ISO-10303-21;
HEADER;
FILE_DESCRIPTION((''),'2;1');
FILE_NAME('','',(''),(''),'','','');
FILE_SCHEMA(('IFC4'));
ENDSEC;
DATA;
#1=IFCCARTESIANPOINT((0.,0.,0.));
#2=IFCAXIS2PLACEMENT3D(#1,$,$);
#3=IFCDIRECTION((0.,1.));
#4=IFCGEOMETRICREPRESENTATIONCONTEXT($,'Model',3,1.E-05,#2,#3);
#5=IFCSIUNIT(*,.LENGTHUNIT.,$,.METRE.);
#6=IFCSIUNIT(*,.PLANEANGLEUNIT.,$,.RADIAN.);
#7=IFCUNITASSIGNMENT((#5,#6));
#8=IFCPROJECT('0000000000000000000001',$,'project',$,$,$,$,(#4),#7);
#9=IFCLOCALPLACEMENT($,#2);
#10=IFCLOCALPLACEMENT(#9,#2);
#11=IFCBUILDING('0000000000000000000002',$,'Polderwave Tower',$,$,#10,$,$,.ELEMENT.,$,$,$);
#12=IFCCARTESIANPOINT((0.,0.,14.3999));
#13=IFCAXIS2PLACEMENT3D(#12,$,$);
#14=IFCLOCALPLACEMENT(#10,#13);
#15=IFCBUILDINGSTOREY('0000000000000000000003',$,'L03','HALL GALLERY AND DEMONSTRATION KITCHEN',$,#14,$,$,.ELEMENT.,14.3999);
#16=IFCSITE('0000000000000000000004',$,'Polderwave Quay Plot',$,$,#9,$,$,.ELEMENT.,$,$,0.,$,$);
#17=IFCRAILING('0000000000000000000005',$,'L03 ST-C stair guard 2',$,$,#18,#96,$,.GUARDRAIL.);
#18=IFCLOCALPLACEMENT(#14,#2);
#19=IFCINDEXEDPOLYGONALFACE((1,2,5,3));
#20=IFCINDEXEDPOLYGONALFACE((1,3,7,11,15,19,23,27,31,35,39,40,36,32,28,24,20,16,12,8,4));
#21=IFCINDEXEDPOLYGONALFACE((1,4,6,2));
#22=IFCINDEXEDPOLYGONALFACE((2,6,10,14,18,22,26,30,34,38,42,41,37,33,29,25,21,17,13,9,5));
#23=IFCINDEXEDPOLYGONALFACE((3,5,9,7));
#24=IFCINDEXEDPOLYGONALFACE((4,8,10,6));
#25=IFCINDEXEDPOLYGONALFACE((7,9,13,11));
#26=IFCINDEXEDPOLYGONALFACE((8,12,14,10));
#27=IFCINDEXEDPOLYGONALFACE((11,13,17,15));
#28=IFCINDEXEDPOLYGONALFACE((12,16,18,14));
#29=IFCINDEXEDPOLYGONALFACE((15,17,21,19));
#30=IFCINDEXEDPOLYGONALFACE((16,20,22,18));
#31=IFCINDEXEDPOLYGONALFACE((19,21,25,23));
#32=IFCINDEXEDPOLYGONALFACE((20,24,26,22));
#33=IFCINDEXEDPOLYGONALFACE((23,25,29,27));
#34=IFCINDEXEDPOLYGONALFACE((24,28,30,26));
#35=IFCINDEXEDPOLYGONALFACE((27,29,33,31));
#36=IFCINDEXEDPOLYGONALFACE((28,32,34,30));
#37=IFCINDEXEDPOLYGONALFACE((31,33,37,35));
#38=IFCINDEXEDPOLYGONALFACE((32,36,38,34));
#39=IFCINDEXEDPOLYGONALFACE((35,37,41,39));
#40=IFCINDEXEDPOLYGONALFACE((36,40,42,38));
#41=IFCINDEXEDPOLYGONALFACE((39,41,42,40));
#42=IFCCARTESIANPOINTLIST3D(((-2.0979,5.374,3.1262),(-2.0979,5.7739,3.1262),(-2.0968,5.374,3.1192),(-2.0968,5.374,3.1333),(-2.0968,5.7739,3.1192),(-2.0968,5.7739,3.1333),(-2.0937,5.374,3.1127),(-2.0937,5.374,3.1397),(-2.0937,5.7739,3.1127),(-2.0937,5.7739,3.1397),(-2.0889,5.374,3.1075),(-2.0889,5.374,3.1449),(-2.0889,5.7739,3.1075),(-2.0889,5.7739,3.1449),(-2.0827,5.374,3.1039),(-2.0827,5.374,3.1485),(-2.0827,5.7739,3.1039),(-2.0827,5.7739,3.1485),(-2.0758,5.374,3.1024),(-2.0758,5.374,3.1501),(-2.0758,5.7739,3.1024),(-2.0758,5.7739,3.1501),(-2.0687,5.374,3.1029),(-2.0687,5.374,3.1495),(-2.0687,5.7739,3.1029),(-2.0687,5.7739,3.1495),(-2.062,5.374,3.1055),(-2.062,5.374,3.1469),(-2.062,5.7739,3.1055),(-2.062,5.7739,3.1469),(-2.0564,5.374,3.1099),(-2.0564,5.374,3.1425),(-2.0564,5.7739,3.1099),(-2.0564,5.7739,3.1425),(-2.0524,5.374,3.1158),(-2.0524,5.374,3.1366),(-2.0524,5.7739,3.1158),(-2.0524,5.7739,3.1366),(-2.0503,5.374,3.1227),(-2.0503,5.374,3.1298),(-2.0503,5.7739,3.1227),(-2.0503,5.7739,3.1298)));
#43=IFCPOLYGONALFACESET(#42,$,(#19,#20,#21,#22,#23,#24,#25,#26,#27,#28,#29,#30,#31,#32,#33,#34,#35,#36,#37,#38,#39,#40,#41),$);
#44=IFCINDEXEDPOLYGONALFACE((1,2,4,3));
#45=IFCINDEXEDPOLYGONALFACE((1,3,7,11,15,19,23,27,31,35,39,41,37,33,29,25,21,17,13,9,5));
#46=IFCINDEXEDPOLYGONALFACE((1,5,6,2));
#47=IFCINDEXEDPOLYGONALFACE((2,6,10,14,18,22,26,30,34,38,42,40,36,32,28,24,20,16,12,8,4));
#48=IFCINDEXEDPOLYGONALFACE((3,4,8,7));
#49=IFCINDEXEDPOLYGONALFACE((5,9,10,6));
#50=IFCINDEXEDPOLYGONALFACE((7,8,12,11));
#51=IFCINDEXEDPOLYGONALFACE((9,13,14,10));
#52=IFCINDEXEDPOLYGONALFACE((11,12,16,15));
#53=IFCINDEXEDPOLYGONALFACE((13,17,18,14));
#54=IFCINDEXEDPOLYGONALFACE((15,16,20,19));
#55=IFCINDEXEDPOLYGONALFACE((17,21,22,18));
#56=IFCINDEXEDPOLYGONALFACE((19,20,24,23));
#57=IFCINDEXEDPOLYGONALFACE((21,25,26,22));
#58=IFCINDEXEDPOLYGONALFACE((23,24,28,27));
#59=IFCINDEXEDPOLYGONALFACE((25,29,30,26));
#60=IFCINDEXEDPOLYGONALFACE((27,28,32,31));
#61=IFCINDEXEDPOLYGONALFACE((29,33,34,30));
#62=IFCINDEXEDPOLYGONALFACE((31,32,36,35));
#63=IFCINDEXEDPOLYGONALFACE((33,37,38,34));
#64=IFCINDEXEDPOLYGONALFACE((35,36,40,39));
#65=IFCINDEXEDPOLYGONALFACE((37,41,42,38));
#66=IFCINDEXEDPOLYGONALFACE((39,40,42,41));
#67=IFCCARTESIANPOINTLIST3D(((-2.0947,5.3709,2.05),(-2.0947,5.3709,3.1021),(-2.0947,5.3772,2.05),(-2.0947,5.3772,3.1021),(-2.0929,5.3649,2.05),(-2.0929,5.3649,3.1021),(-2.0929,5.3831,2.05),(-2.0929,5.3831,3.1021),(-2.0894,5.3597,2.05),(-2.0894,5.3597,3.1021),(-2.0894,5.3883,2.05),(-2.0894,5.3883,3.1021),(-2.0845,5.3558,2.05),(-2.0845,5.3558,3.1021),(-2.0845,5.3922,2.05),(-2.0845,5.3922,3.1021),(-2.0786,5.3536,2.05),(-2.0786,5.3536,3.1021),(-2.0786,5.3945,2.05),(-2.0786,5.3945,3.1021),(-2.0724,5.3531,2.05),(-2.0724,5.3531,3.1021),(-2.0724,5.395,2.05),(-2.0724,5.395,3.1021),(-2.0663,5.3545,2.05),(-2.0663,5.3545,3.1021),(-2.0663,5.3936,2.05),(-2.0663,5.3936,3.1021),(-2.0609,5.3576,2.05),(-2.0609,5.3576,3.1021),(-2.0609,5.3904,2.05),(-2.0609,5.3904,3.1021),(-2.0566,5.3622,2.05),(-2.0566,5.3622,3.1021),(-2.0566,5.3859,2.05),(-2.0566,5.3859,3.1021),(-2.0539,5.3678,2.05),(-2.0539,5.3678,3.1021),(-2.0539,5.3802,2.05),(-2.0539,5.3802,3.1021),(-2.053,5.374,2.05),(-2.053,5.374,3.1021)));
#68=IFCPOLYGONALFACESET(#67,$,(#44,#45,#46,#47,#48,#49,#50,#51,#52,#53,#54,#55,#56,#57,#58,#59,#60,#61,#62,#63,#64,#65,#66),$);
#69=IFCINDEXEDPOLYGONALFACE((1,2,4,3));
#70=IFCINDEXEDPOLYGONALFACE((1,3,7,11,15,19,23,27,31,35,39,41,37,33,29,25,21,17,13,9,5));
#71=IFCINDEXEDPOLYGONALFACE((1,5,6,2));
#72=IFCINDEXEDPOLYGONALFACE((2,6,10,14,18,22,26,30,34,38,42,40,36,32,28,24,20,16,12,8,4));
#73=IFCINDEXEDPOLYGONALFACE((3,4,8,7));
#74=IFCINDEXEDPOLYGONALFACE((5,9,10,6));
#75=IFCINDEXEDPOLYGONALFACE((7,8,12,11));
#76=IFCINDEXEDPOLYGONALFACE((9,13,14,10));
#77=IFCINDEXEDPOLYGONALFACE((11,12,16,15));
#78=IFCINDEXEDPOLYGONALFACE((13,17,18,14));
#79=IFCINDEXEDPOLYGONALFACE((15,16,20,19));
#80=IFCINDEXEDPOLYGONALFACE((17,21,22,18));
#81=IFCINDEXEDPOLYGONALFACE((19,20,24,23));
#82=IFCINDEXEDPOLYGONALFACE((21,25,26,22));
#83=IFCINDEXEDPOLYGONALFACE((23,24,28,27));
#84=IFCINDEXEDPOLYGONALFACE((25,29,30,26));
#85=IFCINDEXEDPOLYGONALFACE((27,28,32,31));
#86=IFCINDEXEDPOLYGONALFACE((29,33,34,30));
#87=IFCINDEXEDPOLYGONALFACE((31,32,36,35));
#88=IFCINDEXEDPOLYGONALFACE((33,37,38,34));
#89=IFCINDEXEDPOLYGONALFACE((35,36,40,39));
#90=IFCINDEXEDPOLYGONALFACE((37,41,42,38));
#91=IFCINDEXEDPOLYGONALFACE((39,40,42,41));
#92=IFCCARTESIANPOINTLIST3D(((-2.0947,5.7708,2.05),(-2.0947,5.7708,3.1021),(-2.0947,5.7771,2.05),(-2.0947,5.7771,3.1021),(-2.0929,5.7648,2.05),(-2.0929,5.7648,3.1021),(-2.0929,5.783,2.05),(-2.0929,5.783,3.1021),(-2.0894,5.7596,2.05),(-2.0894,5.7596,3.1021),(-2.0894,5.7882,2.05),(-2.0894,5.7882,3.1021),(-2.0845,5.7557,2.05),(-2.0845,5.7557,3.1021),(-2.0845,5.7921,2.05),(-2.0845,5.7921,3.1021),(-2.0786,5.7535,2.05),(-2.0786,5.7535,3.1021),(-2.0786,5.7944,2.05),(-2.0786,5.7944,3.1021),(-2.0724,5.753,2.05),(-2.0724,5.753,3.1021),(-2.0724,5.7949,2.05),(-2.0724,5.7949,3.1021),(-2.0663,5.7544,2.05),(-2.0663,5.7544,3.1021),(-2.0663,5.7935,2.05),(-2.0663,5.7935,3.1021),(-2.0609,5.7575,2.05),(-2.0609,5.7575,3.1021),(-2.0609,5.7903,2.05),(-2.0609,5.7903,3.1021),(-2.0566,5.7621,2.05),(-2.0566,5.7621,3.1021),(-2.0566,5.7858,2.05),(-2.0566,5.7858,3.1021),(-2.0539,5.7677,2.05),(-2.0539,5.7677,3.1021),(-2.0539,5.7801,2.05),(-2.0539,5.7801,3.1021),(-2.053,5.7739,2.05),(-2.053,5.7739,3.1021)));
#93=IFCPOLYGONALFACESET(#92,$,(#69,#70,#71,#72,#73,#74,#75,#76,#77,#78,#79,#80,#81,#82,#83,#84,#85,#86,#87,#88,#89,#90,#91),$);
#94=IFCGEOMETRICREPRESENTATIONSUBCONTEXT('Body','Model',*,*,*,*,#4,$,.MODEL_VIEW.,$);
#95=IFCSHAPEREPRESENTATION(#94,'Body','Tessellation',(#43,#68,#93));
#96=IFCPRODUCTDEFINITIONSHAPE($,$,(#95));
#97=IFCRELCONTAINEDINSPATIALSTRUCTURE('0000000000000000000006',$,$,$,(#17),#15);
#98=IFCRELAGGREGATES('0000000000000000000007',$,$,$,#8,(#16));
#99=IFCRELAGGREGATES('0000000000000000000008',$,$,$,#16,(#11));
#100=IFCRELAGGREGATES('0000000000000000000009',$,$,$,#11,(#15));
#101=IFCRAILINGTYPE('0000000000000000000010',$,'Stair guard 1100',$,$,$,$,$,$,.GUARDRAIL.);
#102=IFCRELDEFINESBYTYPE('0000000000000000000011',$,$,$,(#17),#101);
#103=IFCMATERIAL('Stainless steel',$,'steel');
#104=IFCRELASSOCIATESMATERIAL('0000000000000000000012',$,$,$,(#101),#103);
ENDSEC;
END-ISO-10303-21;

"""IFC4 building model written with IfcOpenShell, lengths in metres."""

from ifc_helpers import new_model, si_unit, direction, frame, origin, origin_2d, place, context, subcontext, project, spatial, circle, extrude, material, type_object, element, save


model = new_model("IFC4")

# Units and contexts
model_context = context("Model", 3, precision=1e-05, world=origin(), true_north=direction((0.0, 1.0)))
body_context = subcontext(model_context, "Body", "Model", "MODEL_VIEW")
ifc_project = project(units=[si_unit("LENGTHUNIT", "METRE"), si_unit("PLANEANGLEUNIT", "RADIAN")], contexts=[model_context])

# Site, building, storey
site_placement = place(None, origin())
site = spatial("IfcSite", under=ifc_project, at=site_placement, Name="Polderwave Quay Plot", CompositionType="ELEMENT", RefElevation=0.0)
building_placement = place(site_placement, origin())
building = spatial("IfcBuilding", under=site, at=building_placement, Name="Polderwave Tower", CompositionType="ELEMENT")
storey_placement = place(building_placement, frame((0.0, 0.0, 14.3999)))
storey = spatial("IfcBuildingStorey", under=building, at=storey_placement, Name="L03", Description="HALL GALLERY AND DEMONSTRATION KITCHEN", CompositionType="ELEMENT", Elevation=14.3999)

# Railing
ifc_material_1 = material(Name="Stainless steel", Category="steel")
railing_type_1 = type_object("IfcRailingType", Name="Stair guard 1100", PredefinedType="GUARDRAIL", material=ifc_material_1)
railing_1_placement = place(storey_placement, frame((-2.074, 5.374, 2.05)))
element("IfcRailing", 1, at=railing_1_placement, inside=storey, type_object=railing_type_1, Name="L03 ST-C stair guard 2", PredefinedType="GUARDRAIL", context=body_context, shape_type="SweptSolid", body=[
    extrude(circle(Radius=0.0239, at=origin_2d()), frame((0.0, 0.0, 1.0762), z_axis=(0.0, 1.0, 0.0), x_axis=(-1.0, 0.0, 0.0)), (0.0, 0.0, 1.0), 0.3999),
    extrude(circle(Radius=0.021, at=origin_2d()), origin(), (0.0, 0.0, 1.0), 1.052),
    extrude(circle(Radius=0.021, at=origin_2d()), frame((0.0, 0.3999, 0.0)), (0.0, 0.0, 1.0), 1.052),
])

save(model, "model.ifc")
